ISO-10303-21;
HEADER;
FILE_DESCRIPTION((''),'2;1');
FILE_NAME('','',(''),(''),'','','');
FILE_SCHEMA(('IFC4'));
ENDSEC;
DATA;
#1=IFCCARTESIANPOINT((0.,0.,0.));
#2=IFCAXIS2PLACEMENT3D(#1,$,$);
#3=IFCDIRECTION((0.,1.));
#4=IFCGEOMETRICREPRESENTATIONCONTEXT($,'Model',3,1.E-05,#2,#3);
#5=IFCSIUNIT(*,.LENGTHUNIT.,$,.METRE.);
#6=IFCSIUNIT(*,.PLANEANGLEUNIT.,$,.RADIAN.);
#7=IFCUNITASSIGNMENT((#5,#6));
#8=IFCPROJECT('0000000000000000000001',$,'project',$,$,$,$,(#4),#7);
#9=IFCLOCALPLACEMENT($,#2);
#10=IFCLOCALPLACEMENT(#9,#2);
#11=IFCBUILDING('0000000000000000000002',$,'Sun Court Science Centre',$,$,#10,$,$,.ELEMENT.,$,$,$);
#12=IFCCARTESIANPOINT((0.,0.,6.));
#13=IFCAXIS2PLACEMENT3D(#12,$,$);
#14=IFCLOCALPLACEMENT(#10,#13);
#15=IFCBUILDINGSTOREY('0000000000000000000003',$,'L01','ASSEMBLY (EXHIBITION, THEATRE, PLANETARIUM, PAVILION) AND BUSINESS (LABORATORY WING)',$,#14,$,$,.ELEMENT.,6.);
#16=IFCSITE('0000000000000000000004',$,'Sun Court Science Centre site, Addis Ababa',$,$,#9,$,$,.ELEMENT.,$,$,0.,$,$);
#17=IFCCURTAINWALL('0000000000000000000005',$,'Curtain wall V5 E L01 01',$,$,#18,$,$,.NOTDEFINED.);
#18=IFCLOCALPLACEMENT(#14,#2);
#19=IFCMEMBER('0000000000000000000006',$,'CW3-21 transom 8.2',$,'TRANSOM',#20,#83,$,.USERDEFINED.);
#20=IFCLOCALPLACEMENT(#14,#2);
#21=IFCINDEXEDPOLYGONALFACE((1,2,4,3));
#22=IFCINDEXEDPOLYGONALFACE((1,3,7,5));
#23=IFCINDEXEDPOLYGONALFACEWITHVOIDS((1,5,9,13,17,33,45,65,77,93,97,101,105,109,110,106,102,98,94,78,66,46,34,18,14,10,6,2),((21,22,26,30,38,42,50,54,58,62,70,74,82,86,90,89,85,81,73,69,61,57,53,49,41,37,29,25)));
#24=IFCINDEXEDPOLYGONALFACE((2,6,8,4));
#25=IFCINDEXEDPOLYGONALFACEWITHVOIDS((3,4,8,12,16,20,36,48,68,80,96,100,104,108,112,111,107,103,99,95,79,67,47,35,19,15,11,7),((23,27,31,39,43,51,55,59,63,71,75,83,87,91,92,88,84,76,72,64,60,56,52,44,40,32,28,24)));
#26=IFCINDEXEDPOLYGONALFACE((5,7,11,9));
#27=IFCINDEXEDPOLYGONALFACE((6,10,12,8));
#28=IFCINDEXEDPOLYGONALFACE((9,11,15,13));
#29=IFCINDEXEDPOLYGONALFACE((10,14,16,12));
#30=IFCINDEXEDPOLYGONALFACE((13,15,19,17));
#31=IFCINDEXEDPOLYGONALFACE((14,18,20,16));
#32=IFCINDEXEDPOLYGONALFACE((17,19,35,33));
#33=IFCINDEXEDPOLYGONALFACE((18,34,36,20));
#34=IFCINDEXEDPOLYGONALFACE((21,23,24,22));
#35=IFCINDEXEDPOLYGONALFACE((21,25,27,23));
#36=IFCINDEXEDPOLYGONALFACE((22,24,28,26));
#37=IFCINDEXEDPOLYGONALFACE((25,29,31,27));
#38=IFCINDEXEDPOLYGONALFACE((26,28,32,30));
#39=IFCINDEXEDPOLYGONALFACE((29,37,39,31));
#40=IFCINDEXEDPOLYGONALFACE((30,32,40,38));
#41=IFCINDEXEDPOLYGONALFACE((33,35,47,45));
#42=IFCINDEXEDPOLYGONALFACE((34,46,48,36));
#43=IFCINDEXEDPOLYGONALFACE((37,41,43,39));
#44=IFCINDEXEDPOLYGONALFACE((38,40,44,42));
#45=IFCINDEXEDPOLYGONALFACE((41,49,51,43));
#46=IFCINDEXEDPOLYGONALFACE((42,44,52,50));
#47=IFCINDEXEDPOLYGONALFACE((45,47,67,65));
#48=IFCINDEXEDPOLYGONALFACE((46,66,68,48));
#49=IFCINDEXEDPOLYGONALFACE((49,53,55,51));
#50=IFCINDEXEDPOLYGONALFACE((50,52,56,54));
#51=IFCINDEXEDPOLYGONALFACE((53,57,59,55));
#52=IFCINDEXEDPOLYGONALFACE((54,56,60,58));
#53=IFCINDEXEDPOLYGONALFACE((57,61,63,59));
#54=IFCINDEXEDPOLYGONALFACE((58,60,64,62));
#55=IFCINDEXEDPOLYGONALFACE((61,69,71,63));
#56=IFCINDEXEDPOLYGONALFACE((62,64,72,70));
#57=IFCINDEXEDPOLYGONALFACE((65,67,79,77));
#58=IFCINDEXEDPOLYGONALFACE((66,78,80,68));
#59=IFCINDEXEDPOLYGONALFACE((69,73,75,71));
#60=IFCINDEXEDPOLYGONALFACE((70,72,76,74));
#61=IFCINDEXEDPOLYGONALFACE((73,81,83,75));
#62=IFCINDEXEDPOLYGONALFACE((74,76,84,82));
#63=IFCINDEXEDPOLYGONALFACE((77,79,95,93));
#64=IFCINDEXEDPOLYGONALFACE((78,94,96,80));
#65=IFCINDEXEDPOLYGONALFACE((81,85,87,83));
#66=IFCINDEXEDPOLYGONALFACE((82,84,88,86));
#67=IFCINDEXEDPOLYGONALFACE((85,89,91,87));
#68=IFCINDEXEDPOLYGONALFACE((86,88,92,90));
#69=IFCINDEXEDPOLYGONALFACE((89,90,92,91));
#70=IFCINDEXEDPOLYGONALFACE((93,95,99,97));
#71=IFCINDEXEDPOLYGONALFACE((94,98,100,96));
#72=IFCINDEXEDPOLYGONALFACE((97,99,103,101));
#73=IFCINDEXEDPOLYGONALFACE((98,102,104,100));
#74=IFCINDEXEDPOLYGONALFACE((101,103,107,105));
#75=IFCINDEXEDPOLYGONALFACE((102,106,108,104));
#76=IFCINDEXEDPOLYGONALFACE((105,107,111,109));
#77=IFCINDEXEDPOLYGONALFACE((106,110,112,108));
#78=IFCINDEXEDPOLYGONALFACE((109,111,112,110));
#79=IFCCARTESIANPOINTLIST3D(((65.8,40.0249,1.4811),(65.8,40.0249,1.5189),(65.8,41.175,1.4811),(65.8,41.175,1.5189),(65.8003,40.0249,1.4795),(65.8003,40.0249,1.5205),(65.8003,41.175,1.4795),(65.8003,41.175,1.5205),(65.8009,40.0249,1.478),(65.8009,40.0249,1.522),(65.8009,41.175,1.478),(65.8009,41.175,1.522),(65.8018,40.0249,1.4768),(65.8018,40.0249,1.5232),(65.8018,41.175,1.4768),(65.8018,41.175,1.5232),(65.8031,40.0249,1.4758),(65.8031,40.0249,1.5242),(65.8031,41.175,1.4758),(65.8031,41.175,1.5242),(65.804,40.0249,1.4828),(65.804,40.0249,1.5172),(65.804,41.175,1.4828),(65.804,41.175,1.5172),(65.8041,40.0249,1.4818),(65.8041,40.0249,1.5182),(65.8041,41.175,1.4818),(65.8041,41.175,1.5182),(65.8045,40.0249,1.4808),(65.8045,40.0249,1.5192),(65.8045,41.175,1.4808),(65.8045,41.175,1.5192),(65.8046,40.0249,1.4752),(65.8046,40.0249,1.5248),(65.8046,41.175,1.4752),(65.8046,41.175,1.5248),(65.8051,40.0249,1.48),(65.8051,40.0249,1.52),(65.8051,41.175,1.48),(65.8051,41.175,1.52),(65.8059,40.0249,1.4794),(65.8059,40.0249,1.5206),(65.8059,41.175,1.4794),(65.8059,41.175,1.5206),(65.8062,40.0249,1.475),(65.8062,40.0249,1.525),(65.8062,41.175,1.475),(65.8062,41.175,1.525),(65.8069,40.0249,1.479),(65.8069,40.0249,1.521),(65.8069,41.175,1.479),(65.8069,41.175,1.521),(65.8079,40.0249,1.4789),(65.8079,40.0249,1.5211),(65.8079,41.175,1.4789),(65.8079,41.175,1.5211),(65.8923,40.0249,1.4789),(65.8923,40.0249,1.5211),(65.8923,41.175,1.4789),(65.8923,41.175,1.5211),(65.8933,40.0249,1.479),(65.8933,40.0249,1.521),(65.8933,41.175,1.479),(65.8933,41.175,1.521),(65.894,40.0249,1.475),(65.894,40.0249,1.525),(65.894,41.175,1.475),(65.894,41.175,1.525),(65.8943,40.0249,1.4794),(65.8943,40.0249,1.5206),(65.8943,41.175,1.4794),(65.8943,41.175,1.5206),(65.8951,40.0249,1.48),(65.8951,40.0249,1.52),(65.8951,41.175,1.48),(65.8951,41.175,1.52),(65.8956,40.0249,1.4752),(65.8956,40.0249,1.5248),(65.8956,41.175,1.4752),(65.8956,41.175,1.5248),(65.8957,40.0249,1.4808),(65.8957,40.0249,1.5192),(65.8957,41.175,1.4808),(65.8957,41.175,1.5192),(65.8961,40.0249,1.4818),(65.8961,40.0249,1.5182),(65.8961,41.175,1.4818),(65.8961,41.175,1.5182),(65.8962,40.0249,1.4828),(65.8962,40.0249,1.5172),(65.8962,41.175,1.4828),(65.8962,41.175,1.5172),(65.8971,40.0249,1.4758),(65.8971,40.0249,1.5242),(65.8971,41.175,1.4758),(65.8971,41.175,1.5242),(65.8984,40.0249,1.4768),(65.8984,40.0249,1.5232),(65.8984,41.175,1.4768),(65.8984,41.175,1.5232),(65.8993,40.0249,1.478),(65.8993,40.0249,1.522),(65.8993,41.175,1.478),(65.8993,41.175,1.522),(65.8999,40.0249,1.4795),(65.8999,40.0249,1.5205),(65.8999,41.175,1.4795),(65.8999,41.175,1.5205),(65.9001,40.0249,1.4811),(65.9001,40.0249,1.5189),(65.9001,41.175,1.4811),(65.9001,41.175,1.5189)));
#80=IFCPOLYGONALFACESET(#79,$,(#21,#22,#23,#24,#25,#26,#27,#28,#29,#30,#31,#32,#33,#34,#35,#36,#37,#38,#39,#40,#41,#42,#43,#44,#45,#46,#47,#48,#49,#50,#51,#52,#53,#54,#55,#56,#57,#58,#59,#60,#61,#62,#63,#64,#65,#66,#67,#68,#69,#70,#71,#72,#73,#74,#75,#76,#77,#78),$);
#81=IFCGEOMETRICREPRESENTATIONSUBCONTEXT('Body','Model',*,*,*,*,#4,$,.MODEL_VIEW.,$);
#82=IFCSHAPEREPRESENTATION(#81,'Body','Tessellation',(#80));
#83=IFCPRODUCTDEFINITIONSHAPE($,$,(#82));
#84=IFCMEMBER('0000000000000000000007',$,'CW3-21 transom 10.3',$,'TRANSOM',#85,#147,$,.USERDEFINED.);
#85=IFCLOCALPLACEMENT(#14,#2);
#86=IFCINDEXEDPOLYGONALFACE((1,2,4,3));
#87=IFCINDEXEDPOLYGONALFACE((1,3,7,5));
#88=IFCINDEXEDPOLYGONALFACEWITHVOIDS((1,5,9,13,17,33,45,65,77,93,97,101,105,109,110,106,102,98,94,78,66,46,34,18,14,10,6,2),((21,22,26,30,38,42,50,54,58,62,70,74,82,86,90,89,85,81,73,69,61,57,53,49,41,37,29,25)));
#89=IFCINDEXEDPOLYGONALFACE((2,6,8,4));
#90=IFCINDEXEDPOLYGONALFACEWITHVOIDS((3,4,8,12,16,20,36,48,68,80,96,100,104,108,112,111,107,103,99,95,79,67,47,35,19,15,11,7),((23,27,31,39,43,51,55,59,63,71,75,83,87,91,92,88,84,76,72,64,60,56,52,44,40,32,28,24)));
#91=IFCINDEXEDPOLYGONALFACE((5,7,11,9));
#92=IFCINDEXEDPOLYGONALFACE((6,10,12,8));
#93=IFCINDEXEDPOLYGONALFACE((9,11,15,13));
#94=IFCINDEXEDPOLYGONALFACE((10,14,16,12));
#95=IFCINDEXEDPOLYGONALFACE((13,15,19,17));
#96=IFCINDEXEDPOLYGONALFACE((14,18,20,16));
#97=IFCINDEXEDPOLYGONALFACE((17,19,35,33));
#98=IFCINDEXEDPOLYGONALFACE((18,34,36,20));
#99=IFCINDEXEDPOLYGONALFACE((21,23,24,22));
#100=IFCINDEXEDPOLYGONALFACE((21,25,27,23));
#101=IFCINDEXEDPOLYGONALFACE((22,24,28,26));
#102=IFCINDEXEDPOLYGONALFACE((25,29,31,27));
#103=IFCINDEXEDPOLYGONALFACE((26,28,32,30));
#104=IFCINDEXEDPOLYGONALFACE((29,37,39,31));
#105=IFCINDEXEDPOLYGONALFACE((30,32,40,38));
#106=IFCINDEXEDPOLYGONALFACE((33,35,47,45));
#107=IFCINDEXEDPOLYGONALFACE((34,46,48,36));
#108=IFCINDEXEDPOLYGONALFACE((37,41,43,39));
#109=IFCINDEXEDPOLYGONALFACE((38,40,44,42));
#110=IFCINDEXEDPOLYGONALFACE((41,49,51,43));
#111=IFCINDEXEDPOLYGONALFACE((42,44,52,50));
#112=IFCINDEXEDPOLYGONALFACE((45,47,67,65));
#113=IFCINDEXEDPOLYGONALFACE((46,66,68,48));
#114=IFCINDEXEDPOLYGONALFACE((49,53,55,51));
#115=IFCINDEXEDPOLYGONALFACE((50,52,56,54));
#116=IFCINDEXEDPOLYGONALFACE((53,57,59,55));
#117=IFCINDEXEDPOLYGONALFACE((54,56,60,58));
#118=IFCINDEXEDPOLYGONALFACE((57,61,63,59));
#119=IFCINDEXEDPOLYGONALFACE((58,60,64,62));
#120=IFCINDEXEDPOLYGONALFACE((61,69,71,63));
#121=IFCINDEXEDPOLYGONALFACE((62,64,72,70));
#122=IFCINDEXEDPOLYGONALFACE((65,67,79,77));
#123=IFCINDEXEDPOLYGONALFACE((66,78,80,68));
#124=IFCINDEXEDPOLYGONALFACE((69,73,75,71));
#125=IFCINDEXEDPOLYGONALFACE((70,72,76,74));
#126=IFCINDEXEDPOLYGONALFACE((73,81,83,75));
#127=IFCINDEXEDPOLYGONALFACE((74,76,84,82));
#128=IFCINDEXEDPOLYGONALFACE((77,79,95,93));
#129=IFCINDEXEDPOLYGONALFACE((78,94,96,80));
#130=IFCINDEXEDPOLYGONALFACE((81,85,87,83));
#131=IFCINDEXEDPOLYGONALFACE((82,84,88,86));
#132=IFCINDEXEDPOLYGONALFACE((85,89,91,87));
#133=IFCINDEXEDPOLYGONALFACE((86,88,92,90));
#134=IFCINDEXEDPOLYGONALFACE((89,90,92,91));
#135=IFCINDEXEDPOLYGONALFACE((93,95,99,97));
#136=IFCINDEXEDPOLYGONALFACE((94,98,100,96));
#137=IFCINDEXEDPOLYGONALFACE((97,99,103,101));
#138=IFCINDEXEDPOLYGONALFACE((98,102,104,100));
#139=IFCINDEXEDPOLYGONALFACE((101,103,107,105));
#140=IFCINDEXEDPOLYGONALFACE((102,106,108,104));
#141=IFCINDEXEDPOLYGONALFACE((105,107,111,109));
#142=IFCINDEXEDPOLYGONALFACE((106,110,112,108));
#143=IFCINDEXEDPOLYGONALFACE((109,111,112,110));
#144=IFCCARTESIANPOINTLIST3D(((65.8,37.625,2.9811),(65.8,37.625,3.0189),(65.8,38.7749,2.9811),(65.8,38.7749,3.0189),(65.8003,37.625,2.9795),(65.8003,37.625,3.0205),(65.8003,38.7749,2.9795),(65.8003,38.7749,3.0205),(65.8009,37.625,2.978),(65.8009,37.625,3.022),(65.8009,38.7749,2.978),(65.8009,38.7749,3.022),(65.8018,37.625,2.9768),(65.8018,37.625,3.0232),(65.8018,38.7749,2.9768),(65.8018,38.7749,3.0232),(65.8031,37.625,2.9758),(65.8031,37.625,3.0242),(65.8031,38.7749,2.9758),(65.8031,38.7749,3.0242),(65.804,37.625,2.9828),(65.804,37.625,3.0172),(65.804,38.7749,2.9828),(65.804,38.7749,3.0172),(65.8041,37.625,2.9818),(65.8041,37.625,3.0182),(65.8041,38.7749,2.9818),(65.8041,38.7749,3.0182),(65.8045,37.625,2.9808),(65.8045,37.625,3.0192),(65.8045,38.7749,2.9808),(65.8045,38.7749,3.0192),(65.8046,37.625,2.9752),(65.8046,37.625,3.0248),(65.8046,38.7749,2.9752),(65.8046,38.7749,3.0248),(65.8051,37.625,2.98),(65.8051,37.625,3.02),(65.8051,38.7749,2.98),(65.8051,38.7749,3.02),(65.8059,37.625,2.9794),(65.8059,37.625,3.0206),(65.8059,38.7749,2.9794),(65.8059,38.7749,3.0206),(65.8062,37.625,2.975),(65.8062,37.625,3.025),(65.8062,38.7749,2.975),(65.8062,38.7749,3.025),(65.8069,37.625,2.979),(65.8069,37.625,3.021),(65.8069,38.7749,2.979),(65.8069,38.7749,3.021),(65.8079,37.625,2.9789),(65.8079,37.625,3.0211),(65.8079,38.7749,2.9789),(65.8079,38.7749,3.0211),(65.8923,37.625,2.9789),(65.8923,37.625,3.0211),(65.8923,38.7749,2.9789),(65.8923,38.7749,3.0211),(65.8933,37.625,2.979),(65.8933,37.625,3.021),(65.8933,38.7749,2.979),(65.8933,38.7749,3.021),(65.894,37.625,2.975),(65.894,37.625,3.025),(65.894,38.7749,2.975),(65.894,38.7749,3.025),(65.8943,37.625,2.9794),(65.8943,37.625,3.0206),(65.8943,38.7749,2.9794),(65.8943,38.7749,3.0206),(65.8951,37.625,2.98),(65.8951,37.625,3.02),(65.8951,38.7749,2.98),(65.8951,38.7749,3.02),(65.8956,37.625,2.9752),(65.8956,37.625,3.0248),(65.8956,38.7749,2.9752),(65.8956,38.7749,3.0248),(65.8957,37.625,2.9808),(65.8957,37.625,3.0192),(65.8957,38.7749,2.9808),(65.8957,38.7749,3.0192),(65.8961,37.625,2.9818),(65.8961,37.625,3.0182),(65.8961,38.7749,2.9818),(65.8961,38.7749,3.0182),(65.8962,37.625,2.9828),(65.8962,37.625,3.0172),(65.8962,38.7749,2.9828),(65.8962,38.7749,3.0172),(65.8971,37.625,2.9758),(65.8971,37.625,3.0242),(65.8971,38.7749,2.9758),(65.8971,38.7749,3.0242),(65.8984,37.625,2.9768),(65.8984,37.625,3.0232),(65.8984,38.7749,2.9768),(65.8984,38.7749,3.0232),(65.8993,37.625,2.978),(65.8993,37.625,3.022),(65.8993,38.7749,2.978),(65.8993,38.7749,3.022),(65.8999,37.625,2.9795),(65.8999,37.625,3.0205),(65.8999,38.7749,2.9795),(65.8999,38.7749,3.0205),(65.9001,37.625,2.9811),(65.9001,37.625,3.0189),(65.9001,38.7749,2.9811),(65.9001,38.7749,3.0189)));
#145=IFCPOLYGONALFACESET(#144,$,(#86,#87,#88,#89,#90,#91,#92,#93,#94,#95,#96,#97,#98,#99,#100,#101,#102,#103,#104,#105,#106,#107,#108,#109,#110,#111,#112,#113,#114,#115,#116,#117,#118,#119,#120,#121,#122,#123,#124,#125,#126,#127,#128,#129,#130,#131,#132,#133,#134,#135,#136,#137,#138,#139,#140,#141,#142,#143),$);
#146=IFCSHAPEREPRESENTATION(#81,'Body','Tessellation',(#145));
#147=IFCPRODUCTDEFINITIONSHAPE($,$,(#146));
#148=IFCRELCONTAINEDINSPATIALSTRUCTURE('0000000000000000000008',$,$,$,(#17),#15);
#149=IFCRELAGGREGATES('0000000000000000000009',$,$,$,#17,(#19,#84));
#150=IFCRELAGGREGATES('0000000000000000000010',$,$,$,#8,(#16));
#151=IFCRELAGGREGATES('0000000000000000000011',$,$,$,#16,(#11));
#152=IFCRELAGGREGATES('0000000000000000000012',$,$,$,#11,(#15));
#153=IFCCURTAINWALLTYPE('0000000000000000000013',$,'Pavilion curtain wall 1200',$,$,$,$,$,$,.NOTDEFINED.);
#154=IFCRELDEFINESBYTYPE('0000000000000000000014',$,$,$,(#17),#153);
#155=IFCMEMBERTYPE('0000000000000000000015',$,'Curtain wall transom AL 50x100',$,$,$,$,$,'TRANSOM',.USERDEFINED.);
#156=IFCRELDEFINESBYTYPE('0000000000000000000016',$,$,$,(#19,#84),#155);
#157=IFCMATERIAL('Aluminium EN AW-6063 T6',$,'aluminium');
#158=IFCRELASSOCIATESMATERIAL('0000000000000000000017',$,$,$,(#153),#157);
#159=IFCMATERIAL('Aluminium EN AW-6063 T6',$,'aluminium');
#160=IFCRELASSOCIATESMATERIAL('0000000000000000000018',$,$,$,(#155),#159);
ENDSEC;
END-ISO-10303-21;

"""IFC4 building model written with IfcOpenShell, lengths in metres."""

from ifc_helpers import new_model, si_unit, direction, frame, origin, origin_2d, place, context, subcontext, project, spatial, hollow_rectangle, extrude, material, material_profile, profile_set, type_object, element, aggregate, save


model = new_model("IFC4")

# Units and contexts
model_context = context("Model", 3, precision=1e-05, world=origin(), true_north=direction((0.0, 1.0)))
body_context = subcontext(model_context, "Body", "Model", "MODEL_VIEW")
ifc_project = project(units=[si_unit("LENGTHUNIT", "METRE"), si_unit("PLANEANGLEUNIT", "RADIAN")], contexts=[model_context])

# Site, building, storey
site_placement = place(None, origin())
site = spatial("IfcSite", under=ifc_project, at=site_placement, Name="Sun Court Science Centre site, Addis Ababa", CompositionType="ELEMENT", RefElevation=0.0)
building_placement = place(site_placement, origin())
building = spatial("IfcBuilding", under=site, at=building_placement, Name="Sun Court Science Centre", CompositionType="ELEMENT")
storey_placement = place(building_placement, frame((0.0, 0.0, 6.0)))
storey = spatial("IfcBuildingStorey", under=building, at=storey_placement, Name="L01", Description="ASSEMBLY (EXHIBITION, THEATRE, PLANETARIUM, PAVILION) AND BUSINESS (LABORATORY WING)", CompositionType="ELEMENT", Elevation=6.0)

# Curtain wall, members
ifc_material_1 = material(Name="Aluminium EN AW-6063 T6", Category="aluminium")
curtain_wall_type_1 = type_object("IfcCurtainWallType", Name="Pavilion curtain wall 1200", PredefinedType="NOTDEFINED", material=ifc_material_1)
curtain_wall_1_placement = place(storey_placement, origin())
curtain_wall_1 = element("IfcCurtainWall", 1, at=curtain_wall_1_placement, inside=storey, type_object=curtain_wall_type_1, Name="Curtain wall V5 E L01 01", PredefinedType="NOTDEFINED")
ifc_material_2 = material(Name="Aluminium EN AW-6063 T6", Category="aluminium")
ifc_material_profile_1 = material_profile(ifc_material_2, hollow_rectangle(XDim=0.05, YDim=0.1001, WallThickness=0.0039, InnerFilletRadius=0.0039, OuterFilletRadius=0.0061, at=origin_2d()), Name="AL 50x100x4")
ifc_profile_set_1 = profile_set([ifc_material_profile_1], Name="Aluminium EN AW-6063 T6")
member_type_1 = type_object("IfcMemberType", Name="Curtain wall transom AL 50x100", ElementType="TRANSOM", PredefinedType="USERDEFINED", material=ifc_profile_set_1)
member_1_placement = place(storey_placement, frame((65.8501, 41.175, 1.5), z_axis=(0.0, -1.0, 0.0), x_axis=(0.0, 0.0, 1.0)))
member_1 = element("IfcMember", 2, at=member_1_placement, type_object=member_type_1, Name="CW3-21 transom 8.2", ObjectType="TRANSOM", PredefinedType="USERDEFINED", context=body_context, shape_type="SweptSolid", body=[
    extrude(hollow_rectangle(XDim=0.05, YDim=0.1001, WallThickness=0.0039, InnerFilletRadius=0.0039, OuterFilletRadius=0.0061, at=origin_2d()), origin(), (0.0, 0.0, 1.0), 1.1501),
])
member_2_placement = place(storey_placement, frame((65.8501, 38.7749, 3.0), z_axis=(0.0, -1.0, 0.0), x_axis=(0.0, 0.0, 1.0)))
member_2 = element("IfcMember", 3, at=member_2_placement, type_object=member_type_1, Name="CW3-21 transom 10.3", ObjectType="TRANSOM", PredefinedType="USERDEFINED", context=body_context, shape_type="SweptSolid", body=[
    extrude(hollow_rectangle(XDim=0.05, YDim=0.1001, WallThickness=0.0039, InnerFilletRadius=0.0039, OuterFilletRadius=0.0061, at=origin_2d()), origin(), (0.0, 0.0, 1.0), 1.1499),
])

aggregate(curtain_wall_1, [member_1, member_2])

save(model, "model.ifc")
